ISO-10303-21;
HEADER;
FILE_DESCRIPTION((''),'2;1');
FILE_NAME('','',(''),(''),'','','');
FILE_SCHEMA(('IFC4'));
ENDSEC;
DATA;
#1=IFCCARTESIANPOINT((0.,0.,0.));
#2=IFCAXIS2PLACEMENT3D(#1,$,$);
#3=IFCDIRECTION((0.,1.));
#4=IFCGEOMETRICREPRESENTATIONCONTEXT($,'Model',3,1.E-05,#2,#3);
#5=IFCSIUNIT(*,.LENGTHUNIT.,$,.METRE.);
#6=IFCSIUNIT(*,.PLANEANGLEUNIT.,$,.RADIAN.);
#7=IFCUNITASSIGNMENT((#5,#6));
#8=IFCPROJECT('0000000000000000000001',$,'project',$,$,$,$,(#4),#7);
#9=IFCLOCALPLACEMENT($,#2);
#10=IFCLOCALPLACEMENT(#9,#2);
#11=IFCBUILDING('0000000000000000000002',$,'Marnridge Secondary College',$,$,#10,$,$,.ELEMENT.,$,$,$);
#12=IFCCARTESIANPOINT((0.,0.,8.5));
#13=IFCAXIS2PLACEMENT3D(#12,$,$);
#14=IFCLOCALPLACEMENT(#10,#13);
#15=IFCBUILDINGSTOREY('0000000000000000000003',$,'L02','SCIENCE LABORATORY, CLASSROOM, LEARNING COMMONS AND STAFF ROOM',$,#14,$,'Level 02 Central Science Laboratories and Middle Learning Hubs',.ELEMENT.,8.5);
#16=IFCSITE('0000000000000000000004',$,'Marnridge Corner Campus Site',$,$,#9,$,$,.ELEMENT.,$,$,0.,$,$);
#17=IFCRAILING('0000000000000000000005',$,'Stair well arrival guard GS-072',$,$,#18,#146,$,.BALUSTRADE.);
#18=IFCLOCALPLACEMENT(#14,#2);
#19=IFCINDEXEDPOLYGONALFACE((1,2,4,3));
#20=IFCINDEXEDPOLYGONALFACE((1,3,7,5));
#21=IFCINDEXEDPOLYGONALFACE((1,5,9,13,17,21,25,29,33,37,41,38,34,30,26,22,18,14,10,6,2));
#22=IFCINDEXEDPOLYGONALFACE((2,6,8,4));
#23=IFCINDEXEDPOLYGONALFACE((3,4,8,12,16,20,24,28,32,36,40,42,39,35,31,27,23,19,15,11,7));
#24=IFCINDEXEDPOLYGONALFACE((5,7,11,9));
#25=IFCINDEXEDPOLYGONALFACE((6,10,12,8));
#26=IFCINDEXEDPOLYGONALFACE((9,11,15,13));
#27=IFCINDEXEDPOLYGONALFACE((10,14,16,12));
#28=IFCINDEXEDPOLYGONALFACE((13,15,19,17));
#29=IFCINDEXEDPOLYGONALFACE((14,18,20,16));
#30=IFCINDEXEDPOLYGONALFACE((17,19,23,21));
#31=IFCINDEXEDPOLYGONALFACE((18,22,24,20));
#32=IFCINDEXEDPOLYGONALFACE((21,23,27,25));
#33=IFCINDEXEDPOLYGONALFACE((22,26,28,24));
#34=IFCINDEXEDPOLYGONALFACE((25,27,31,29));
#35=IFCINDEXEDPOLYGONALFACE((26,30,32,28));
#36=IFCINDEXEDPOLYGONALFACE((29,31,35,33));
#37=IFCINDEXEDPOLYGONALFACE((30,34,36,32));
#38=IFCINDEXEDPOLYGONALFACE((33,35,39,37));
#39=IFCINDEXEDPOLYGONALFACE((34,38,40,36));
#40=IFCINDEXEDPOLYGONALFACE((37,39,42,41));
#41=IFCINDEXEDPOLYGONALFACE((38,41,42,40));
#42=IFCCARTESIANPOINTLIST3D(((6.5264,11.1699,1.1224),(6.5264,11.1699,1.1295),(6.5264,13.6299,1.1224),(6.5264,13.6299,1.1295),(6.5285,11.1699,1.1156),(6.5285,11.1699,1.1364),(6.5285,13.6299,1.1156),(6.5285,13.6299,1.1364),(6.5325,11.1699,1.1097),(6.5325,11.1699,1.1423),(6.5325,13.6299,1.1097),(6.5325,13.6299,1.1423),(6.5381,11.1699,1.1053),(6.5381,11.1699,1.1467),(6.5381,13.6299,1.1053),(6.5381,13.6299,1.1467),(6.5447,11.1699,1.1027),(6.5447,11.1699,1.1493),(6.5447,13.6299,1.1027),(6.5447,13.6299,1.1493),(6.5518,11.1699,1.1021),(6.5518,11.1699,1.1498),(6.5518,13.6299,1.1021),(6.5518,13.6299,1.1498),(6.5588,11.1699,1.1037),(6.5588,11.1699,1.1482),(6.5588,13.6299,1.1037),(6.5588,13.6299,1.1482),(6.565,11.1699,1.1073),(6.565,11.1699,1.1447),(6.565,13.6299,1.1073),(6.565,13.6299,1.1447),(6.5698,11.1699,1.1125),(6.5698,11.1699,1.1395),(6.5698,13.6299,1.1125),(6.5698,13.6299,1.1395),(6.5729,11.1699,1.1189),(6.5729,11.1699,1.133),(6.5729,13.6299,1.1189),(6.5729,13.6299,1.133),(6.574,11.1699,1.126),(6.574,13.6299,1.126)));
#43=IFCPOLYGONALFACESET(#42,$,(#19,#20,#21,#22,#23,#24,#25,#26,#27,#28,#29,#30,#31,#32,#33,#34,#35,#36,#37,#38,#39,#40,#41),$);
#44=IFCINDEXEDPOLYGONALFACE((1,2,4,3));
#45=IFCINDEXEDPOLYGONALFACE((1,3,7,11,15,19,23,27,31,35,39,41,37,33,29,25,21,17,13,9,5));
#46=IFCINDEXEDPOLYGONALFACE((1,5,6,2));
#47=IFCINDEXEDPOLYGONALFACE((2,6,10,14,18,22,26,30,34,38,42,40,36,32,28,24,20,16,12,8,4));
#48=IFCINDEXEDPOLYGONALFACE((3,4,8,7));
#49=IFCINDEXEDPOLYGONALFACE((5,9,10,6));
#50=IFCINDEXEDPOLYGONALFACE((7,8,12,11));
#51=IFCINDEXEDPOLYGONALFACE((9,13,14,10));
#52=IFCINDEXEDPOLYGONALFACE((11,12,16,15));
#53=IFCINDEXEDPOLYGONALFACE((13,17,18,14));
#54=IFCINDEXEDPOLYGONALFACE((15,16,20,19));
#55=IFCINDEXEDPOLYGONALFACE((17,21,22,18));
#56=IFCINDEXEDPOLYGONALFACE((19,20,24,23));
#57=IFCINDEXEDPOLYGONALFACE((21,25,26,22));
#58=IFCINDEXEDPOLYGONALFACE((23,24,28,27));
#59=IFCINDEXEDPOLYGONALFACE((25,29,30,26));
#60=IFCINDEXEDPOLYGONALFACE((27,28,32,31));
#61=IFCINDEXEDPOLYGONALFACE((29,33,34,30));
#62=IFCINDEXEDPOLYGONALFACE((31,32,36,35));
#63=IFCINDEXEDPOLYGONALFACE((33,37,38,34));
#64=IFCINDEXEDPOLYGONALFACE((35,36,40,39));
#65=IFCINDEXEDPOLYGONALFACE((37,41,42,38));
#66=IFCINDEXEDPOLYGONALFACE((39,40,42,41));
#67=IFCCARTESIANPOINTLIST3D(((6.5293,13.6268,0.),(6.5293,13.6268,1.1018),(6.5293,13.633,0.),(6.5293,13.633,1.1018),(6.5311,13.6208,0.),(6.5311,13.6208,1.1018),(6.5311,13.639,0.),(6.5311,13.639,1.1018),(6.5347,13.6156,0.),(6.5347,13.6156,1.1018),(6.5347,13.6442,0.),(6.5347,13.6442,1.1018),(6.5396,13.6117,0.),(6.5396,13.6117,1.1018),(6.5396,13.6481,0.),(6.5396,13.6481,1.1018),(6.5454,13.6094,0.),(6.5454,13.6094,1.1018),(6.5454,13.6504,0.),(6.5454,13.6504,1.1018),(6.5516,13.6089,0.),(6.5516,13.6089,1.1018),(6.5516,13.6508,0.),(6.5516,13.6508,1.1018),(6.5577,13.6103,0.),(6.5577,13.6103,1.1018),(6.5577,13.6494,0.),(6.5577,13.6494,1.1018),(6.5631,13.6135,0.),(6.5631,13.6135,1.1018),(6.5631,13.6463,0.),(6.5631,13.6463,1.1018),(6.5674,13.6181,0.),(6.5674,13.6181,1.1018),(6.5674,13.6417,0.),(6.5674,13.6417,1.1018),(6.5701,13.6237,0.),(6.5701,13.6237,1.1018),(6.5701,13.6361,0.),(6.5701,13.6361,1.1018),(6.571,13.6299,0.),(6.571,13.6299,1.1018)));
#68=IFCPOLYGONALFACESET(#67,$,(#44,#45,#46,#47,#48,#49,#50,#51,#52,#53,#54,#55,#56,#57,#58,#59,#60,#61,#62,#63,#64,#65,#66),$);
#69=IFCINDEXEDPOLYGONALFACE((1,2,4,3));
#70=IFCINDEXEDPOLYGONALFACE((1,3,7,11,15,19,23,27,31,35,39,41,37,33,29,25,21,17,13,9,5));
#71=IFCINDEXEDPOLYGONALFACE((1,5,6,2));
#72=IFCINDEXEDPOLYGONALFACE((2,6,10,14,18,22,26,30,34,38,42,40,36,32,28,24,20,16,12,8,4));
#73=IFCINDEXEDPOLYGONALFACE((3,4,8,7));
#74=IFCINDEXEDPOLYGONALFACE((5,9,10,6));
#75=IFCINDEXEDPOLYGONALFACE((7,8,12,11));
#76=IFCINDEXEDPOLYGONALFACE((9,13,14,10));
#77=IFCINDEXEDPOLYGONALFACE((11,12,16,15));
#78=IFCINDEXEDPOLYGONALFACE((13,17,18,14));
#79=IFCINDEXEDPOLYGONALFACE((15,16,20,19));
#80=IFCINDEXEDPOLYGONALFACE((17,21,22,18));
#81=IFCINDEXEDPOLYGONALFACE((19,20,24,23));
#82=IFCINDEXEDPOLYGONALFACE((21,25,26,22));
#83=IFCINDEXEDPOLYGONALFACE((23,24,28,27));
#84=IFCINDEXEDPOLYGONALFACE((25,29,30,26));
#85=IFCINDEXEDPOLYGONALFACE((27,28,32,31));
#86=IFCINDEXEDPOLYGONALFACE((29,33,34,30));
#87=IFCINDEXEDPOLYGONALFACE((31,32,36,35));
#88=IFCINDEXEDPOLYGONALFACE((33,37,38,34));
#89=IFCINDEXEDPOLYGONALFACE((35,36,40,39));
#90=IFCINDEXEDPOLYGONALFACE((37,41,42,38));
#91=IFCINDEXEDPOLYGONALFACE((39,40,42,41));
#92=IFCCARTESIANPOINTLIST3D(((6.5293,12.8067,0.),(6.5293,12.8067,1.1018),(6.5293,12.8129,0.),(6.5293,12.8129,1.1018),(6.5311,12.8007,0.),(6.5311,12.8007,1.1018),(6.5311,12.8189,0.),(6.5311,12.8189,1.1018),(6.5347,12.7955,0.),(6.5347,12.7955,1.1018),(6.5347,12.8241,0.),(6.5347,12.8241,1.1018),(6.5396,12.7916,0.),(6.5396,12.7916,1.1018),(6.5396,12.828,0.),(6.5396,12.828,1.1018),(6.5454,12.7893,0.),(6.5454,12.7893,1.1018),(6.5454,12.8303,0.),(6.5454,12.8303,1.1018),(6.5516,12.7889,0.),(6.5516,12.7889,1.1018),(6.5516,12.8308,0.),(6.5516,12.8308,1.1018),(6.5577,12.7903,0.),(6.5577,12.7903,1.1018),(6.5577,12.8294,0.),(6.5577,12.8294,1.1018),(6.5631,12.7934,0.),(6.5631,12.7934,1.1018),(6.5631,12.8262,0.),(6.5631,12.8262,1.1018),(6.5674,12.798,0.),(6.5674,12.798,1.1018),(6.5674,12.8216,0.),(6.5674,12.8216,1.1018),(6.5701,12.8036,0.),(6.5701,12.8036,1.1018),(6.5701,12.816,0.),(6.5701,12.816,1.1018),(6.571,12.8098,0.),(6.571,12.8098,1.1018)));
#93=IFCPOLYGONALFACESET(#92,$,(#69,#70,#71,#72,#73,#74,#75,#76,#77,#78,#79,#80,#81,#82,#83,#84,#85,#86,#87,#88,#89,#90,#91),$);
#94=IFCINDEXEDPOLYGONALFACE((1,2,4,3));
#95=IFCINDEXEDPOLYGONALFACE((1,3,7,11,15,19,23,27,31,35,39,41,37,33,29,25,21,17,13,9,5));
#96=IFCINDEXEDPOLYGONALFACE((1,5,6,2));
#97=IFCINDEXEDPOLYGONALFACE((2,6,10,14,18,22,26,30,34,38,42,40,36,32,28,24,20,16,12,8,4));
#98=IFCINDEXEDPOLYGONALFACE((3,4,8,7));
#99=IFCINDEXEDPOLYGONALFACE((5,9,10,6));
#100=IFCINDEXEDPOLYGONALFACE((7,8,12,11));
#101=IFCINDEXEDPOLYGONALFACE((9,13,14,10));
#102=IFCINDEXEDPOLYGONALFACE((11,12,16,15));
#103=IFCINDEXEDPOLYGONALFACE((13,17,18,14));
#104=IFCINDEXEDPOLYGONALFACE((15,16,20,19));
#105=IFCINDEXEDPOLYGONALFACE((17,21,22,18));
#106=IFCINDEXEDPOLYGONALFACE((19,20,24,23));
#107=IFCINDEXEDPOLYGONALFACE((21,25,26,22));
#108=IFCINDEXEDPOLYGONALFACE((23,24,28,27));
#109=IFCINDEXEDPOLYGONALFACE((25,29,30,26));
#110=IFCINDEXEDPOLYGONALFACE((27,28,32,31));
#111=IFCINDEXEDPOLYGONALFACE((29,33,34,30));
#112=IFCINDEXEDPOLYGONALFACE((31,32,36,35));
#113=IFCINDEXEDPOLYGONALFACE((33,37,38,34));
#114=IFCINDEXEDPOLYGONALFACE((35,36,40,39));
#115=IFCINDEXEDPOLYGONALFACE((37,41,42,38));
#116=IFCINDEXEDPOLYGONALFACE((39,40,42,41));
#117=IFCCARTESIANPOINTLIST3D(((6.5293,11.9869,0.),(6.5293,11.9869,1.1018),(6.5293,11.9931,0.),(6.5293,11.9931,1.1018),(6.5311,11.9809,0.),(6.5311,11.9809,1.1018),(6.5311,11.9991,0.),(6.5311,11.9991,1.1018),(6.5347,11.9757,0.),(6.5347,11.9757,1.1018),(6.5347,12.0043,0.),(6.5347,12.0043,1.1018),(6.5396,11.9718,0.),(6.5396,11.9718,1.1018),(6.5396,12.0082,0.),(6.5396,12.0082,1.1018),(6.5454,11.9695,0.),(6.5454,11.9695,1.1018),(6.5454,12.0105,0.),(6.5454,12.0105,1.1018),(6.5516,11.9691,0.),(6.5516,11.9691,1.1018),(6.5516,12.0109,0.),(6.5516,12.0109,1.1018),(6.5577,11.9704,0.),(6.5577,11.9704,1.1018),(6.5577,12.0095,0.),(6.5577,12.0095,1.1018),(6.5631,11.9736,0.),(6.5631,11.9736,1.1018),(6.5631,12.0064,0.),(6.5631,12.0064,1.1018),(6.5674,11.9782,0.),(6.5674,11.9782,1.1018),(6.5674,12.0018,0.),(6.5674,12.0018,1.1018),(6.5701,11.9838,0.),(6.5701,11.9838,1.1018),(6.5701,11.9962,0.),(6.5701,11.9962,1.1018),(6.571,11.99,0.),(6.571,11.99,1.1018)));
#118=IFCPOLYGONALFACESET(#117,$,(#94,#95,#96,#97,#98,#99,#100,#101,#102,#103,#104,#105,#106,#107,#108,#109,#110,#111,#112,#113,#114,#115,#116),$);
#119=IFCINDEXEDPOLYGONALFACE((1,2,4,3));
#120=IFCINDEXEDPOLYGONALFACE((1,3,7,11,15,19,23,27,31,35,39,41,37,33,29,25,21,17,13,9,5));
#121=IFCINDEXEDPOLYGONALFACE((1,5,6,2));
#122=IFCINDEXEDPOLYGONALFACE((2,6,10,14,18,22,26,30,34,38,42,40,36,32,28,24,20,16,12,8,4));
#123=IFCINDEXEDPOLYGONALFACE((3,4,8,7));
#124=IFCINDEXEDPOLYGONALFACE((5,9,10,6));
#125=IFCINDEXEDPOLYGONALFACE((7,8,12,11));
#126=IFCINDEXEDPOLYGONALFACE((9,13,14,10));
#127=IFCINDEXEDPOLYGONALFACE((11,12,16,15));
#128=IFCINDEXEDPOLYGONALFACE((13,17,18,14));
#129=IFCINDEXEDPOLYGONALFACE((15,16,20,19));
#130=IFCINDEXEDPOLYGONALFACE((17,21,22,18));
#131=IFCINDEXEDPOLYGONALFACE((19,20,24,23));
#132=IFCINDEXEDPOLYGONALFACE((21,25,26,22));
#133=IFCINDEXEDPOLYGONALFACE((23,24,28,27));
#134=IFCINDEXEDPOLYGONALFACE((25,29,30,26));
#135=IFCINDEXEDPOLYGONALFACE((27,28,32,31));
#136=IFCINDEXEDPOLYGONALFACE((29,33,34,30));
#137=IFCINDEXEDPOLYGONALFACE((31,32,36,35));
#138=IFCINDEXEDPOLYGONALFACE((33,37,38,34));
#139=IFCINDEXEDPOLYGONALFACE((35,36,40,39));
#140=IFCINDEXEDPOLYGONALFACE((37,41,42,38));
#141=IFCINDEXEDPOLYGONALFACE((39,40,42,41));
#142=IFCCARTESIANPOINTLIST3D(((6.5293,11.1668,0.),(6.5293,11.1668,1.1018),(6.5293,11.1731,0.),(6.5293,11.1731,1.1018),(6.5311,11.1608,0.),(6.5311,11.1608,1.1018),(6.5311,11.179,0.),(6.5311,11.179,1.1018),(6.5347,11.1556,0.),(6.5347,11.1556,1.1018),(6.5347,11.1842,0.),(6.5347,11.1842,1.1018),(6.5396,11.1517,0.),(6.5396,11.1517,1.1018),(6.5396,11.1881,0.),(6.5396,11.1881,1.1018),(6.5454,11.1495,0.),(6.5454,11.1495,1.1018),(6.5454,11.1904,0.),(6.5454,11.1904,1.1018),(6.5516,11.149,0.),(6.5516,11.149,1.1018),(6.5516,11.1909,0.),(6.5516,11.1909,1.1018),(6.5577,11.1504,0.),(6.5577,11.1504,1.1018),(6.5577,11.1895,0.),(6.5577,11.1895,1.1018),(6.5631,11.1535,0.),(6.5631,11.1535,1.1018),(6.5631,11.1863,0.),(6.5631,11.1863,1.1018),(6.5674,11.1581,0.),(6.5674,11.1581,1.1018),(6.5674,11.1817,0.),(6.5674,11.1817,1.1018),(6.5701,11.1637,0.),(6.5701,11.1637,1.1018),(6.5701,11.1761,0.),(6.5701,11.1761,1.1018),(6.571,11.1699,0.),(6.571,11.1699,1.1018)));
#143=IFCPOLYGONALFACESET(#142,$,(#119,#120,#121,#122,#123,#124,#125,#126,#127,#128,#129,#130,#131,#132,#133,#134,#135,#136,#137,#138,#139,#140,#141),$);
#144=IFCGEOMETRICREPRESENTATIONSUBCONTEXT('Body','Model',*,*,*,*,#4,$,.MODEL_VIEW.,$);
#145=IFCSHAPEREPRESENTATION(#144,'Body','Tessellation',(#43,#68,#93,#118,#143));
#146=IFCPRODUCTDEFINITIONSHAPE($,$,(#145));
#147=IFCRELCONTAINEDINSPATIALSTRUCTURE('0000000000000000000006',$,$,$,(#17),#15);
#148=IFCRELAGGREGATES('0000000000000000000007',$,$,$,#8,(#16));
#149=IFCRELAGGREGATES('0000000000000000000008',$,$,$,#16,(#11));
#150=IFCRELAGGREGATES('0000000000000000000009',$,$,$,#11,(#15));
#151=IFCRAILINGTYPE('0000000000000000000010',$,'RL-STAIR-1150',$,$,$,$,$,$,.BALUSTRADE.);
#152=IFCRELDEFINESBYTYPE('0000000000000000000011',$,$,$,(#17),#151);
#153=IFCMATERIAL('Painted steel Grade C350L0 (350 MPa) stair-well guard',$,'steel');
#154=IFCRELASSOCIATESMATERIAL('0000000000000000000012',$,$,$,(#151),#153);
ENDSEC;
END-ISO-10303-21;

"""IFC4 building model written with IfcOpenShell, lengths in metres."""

from ifc_helpers import new_model, si_unit, direction, frame, origin, origin_2d, place, context, subcontext, project, spatial, circle, extrude, material, type_object, element, save


model = new_model("IFC4")

# Units and contexts
model_context = context("Model", 3, precision=1e-05, world=origin(), true_north=direction((0.0, 1.0)))
body_context = subcontext(model_context, "Body", "Model", "MODEL_VIEW")
ifc_project = project(units=[si_unit("LENGTHUNIT", "METRE"), si_unit("PLANEANGLEUNIT", "RADIAN")], contexts=[model_context])

# Site, building, storey
site_placement = place(None, origin())
site = spatial("IfcSite", under=ifc_project, at=site_placement, Name="Marnridge Corner Campus Site", CompositionType="ELEMENT", RefElevation=0.0)
building_placement = place(site_placement, origin())
building = spatial("IfcBuilding", under=site, at=building_placement, Name="Marnridge Secondary College", CompositionType="ELEMENT")
storey_placement = place(building_placement, frame((0.0, 0.0, 8.5)))
storey = spatial("IfcBuildingStorey", under=building, at=storey_placement, Name="L02", Description="SCIENCE LABORATORY, CLASSROOM, LEARNING COMMONS AND STAFF ROOM", LongName="Level 02 Central Science Laboratories and Middle Learning Hubs", CompositionType="ELEMENT", Elevation=8.5)

# Railing
ifc_material_1 = material(Name="Painted steel Grade C350L0 (350 MPa) stair-well guard", Category="steel")
railing_type_1 = type_object("IfcRailingType", Name="RL-STAIR-1150", PredefinedType="BALUSTRADE", material=ifc_material_1)
railing_1_placement = place(storey_placement, frame((6.55, 13.6299, 0.0)))
element("IfcRailing", 1, at=railing_1_placement, inside=storey, type_object=railing_type_1, Name="Stair well arrival guard GS-072", PredefinedType="BALUSTRADE", context=body_context, shape_type="SweptSolid", body=[
    extrude(circle(Radius=0.0239, at=origin_2d()), frame((0.0, 0.0, 1.126), z_axis=(0.0, -1.0, 0.0), x_axis=(1.0, 0.0, 0.0)), (0.0, 0.0, 1.0), 2.46),
    extrude(circle(Radius=0.021, at=origin_2d()), origin(), (0.0, 0.0, 1.0), 1.1018),
    extrude(circle(Radius=0.021, at=origin_2d()), frame((0.0, -0.8201, 0.0)), (0.0, 0.0, 1.0), 1.1018),
    extrude(circle(Radius=0.021, at=origin_2d()), frame((0.0, -1.6399, 0.0)), (0.0, 0.0, 1.0), 1.1018),
    extrude(circle(Radius=0.021, at=origin_2d()), frame((0.0, -2.46, 0.0)), (0.0, 0.0, 1.0), 1.1018),
])

save(model, "model.ifc")
